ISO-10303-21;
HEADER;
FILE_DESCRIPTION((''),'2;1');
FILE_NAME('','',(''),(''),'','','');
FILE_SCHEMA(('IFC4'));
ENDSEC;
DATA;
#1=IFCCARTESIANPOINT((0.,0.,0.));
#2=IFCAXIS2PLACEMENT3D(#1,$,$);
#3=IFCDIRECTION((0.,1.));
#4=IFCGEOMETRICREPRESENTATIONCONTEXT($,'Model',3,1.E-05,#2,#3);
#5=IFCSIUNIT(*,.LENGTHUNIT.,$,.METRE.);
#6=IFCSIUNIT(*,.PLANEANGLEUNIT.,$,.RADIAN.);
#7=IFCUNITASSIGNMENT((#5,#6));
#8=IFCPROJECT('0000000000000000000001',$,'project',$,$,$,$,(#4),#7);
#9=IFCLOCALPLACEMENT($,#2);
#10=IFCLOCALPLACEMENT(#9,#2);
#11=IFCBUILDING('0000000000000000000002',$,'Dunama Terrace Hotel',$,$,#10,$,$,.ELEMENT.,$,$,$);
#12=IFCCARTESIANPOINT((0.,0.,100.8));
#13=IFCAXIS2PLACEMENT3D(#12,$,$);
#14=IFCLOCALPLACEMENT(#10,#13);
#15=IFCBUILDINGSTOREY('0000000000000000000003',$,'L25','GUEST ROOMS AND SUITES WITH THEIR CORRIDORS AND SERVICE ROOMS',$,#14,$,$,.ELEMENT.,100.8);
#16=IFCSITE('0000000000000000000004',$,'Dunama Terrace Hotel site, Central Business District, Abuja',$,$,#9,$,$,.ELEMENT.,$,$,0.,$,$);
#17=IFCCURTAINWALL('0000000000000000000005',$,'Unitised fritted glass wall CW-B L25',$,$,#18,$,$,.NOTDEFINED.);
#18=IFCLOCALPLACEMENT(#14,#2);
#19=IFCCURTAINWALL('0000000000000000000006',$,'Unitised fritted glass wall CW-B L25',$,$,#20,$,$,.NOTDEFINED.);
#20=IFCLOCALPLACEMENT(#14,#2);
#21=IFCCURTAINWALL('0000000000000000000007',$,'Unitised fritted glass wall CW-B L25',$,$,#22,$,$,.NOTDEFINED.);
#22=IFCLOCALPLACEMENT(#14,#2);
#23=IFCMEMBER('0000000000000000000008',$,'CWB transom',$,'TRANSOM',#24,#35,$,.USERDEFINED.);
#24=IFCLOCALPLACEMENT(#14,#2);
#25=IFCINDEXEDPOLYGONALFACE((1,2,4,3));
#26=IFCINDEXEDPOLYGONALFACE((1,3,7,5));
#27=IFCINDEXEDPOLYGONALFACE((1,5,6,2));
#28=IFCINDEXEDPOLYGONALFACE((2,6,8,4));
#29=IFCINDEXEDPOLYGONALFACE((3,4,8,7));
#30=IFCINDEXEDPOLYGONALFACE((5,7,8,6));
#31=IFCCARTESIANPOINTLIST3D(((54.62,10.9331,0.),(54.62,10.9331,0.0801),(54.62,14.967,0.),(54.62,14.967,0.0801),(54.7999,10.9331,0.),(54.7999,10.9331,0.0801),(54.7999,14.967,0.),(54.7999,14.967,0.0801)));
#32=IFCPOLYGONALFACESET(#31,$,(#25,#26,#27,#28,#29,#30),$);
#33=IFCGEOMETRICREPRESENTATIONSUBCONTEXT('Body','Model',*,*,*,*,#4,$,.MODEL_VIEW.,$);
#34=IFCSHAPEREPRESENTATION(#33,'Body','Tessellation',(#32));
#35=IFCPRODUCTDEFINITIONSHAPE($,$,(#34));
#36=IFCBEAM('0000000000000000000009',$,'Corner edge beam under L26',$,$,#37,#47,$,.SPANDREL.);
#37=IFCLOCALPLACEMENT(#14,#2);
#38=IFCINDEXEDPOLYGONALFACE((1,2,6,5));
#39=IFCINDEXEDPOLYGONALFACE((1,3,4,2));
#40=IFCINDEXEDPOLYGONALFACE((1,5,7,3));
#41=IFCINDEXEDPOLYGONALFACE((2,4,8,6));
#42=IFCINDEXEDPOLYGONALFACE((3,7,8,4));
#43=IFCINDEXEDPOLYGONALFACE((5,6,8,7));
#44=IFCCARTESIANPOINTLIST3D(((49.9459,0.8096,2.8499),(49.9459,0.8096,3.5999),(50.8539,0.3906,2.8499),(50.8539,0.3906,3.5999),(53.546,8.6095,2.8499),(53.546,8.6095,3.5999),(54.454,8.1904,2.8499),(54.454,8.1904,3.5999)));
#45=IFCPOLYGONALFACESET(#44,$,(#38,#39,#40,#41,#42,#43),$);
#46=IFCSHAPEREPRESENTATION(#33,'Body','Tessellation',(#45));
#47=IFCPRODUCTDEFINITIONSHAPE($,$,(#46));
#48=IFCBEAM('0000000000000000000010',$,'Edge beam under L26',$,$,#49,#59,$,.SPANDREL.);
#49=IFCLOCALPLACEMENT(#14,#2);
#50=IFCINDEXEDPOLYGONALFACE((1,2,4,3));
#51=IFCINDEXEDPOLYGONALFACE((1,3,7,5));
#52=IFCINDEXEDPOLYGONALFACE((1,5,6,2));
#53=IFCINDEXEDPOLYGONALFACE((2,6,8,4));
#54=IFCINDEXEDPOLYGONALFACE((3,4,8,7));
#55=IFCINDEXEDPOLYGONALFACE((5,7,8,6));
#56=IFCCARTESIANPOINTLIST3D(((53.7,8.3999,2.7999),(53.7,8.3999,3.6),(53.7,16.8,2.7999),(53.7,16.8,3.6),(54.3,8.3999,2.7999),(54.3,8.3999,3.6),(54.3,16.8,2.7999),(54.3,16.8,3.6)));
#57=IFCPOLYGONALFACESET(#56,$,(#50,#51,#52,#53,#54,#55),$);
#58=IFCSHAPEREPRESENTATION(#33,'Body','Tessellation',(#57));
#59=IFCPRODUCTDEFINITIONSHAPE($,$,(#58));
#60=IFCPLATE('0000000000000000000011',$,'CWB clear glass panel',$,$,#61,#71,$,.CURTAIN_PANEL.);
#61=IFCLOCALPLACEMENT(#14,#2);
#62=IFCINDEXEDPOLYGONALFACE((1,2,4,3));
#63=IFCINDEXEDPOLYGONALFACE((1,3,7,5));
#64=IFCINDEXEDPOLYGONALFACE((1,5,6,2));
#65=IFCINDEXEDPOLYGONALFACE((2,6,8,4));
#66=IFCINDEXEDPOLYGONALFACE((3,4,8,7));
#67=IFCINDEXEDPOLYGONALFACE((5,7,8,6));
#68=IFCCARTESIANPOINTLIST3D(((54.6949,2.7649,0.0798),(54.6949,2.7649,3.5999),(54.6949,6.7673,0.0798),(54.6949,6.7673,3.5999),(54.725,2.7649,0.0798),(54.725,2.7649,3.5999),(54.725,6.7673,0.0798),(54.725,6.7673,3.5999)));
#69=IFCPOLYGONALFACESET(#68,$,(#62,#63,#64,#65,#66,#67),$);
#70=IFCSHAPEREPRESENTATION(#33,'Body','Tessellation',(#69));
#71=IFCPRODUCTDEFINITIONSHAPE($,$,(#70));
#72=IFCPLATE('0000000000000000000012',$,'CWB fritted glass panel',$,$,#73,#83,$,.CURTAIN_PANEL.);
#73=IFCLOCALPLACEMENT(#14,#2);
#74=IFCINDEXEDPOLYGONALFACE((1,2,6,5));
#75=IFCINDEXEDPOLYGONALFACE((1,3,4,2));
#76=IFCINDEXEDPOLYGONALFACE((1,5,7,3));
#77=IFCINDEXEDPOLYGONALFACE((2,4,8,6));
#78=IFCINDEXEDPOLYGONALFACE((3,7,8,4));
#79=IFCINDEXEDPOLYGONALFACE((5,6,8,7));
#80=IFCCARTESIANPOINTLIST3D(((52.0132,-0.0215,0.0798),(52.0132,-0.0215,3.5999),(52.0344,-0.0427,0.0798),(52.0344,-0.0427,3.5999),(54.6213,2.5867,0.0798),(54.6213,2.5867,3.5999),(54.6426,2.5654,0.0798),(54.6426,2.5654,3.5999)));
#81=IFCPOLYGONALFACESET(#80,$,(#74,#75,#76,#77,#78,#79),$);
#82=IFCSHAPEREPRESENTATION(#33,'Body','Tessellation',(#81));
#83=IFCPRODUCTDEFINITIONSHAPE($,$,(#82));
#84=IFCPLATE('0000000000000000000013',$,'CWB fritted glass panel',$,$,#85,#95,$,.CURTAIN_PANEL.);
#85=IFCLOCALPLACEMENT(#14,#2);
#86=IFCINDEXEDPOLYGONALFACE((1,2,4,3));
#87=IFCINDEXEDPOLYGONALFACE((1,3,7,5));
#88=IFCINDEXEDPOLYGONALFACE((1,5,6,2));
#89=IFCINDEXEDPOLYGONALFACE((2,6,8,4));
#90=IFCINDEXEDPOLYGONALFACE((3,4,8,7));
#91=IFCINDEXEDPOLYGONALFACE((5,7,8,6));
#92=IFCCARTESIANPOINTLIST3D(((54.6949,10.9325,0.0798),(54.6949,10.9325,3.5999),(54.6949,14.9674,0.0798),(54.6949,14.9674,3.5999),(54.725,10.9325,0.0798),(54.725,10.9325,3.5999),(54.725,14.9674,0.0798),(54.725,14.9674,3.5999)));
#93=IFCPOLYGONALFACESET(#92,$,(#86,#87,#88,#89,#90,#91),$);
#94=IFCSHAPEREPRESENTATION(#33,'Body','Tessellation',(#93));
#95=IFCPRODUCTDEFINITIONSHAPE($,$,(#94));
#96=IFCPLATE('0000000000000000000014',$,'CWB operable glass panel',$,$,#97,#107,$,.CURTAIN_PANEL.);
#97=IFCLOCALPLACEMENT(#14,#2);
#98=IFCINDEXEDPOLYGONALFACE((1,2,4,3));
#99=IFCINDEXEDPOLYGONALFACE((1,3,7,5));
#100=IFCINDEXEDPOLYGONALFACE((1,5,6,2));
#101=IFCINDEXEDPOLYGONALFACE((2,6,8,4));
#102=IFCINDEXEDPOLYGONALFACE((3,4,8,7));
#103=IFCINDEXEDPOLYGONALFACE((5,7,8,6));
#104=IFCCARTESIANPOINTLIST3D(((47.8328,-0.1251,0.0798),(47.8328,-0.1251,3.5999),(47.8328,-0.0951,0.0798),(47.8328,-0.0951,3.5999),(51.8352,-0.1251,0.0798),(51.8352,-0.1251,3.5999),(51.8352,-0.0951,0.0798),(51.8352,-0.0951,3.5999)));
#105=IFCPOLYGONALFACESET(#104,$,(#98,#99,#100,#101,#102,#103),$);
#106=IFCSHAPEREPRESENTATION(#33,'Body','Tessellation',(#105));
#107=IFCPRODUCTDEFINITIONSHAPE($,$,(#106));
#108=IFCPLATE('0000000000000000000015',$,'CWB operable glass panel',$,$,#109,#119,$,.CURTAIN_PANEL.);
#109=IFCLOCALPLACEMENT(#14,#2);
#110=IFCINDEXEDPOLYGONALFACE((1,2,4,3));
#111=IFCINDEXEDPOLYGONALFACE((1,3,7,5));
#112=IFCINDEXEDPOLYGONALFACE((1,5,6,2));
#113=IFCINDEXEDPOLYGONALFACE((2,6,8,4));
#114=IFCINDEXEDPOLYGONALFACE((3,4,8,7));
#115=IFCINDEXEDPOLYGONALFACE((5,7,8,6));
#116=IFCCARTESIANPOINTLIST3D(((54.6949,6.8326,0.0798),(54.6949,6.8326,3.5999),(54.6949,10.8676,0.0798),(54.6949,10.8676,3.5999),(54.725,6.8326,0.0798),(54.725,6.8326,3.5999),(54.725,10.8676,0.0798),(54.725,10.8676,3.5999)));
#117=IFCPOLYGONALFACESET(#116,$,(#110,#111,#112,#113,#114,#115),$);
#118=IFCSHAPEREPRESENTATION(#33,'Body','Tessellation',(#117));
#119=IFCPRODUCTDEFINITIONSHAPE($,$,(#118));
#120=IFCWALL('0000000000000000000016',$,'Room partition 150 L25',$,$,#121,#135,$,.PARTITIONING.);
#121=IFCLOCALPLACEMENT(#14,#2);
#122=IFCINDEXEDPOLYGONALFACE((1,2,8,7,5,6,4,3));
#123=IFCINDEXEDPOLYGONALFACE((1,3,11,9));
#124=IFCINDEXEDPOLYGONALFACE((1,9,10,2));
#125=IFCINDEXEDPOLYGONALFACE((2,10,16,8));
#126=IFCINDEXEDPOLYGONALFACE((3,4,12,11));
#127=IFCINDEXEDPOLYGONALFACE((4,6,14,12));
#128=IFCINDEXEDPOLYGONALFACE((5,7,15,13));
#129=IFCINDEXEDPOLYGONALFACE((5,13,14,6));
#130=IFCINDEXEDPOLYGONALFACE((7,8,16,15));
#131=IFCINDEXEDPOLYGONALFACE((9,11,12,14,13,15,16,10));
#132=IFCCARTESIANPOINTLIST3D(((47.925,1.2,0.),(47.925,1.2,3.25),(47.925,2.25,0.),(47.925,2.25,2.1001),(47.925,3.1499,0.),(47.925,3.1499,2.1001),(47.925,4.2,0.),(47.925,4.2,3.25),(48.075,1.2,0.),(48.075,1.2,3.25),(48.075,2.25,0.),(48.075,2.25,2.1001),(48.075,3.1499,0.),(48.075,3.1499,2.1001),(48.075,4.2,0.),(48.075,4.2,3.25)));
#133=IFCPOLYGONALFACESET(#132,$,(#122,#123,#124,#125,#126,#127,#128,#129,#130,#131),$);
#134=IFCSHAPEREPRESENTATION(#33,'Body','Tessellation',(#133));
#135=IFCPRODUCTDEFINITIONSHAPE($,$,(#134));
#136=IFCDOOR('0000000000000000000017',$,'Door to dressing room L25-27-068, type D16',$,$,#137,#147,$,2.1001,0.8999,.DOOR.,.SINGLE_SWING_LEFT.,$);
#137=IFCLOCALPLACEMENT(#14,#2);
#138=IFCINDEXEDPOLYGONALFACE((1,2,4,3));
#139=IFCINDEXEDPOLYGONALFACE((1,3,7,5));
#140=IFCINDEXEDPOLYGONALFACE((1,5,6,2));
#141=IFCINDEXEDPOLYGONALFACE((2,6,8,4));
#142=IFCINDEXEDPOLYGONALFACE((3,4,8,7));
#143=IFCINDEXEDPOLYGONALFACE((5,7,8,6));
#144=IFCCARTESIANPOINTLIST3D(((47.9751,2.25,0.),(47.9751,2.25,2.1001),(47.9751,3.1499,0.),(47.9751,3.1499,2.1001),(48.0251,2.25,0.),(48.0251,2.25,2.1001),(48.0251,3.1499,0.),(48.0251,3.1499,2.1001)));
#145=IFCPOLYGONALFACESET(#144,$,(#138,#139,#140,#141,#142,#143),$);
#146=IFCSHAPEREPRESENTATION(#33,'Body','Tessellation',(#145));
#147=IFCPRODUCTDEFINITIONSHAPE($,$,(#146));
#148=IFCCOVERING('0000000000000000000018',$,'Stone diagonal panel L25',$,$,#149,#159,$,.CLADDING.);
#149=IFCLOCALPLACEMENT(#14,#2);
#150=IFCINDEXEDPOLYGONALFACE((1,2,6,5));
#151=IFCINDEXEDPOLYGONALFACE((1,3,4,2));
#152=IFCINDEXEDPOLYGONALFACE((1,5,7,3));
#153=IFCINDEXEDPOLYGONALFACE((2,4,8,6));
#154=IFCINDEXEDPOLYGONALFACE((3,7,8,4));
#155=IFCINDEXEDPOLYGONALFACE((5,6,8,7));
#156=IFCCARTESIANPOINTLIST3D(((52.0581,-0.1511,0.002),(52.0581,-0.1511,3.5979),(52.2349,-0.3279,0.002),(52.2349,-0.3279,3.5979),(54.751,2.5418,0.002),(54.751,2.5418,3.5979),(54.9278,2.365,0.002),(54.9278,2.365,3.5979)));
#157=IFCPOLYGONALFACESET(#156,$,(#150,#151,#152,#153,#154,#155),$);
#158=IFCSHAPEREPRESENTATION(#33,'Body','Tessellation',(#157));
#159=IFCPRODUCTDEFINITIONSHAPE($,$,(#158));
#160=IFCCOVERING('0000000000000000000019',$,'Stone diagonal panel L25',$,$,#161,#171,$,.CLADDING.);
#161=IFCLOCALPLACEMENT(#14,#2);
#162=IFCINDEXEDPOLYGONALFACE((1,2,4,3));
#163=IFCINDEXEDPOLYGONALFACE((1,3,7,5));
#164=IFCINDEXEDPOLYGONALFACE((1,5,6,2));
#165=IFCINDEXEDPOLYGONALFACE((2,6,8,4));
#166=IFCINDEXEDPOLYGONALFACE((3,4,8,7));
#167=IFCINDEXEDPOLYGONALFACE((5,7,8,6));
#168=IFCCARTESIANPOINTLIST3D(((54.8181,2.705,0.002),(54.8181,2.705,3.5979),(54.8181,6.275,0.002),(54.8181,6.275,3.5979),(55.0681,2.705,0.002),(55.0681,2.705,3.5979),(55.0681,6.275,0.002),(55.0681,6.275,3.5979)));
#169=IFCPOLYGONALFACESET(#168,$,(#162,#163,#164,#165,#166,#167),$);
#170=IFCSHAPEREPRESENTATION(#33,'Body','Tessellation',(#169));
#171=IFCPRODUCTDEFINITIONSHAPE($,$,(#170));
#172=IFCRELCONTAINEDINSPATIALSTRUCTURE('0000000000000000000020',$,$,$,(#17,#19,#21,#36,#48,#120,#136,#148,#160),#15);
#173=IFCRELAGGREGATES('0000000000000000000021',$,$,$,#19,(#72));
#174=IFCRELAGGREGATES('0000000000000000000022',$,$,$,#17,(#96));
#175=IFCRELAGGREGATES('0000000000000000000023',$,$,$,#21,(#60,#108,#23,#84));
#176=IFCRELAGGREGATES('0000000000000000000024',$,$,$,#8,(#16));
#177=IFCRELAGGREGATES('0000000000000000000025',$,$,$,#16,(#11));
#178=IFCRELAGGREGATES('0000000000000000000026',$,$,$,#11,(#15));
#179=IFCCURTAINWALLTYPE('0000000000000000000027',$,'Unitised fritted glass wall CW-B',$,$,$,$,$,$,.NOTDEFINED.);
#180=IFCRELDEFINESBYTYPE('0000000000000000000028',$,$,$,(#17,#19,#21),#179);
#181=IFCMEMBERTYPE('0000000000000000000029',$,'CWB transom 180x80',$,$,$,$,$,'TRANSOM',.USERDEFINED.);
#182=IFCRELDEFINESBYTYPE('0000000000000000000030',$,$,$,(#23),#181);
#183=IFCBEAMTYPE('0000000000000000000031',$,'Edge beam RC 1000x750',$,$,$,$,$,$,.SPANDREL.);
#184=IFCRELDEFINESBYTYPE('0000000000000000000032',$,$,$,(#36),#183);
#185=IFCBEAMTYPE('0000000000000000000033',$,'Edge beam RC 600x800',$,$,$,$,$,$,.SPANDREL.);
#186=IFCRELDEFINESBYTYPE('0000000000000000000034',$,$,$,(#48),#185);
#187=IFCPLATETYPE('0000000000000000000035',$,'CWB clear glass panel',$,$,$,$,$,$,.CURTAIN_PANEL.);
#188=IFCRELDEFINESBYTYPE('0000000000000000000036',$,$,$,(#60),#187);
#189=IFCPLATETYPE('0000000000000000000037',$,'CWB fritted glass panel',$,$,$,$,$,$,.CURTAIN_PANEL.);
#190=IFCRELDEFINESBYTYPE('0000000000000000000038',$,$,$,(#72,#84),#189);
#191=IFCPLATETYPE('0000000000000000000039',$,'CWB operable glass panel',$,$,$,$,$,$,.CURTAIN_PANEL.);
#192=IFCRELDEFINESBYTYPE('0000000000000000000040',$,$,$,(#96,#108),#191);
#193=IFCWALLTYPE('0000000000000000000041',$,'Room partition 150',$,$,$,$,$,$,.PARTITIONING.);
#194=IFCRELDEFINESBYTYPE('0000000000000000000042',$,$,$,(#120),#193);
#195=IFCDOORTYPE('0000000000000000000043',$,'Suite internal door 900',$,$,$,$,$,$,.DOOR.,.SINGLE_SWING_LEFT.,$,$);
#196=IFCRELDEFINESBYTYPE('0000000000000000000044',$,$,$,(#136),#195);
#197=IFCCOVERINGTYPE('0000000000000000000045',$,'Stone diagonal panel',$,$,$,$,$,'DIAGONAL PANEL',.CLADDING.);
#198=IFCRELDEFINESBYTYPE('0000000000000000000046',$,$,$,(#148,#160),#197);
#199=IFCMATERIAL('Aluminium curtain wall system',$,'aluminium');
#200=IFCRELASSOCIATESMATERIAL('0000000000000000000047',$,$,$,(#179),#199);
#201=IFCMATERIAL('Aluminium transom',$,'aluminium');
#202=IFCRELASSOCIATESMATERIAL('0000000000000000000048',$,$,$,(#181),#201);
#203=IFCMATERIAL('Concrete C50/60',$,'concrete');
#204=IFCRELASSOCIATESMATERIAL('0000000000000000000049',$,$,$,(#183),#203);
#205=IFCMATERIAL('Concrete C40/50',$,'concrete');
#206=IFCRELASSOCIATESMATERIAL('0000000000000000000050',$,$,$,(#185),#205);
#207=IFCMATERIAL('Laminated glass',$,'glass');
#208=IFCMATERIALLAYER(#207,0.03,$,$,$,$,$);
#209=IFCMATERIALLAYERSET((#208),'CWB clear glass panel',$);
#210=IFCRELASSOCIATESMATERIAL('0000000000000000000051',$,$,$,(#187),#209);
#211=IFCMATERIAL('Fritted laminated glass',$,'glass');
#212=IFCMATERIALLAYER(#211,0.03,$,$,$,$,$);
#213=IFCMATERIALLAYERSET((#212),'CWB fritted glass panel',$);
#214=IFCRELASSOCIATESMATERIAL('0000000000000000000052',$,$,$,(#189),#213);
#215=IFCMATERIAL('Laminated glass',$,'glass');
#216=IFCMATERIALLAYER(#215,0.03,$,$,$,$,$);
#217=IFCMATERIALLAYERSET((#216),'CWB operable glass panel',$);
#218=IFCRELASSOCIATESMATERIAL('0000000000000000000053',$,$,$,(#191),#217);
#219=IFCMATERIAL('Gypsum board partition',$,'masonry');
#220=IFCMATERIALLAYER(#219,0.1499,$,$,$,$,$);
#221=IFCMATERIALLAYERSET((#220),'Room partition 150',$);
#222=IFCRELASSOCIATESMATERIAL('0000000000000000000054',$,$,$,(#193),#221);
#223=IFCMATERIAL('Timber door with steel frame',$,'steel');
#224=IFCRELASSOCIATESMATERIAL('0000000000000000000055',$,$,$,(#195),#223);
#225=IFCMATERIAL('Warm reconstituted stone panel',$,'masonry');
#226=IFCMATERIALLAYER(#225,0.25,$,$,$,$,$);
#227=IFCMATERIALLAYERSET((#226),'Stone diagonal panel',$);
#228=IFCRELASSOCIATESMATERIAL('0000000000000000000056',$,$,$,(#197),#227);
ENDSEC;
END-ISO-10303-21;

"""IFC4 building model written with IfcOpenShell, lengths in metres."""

from ifc_helpers import new_model, si_unit, direction, frame, frame_2d, origin, origin_2d, place, context, subcontext, project, spatial, rectangle, extrude, material, layer, layer_set, material_profile, profile_set, type_object, element, fill, aggregate, save


model = new_model("IFC4")

# Units and contexts
model_context = context("Model", 3, precision=1e-05, world=origin(), true_north=direction((0.0, 1.0)))
body_context = subcontext(model_context, "Body", "Model", "MODEL_VIEW")
ifc_project = project(units=[si_unit("LENGTHUNIT", "METRE"), si_unit("PLANEANGLEUNIT", "RADIAN")], contexts=[model_context])

# Site, building, storey
site_placement = place(None, origin())
site = spatial("IfcSite", under=ifc_project, at=site_placement, Name="Dunama Terrace Hotel site, Central Business District, Abuja", CompositionType="ELEMENT", RefElevation=0.0)
building_placement = place(site_placement, origin())
building = spatial("IfcBuilding", under=site, at=building_placement, Name="Dunama Terrace Hotel", CompositionType="ELEMENT")
storey_placement = place(building_placement, frame((0.0, 0.0, 100.8)))
storey = spatial("IfcBuildingStorey", under=building, at=storey_placement, Name="L25", Description="GUEST ROOMS AND SUITES WITH THEIR CORRIDORS AND SERVICE ROOMS", CompositionType="ELEMENT", Elevation=100.8)

# Curtain walls
ifc_material_1 = material(Name="Aluminium curtain wall system", Category="aluminium")
curtain_wall_type = type_object("IfcCurtainWallType", Name="Unitised fritted glass wall CW-B", PredefinedType="NOTDEFINED", material=ifc_material_1)
curtain_wall_1_placement = place(storey_placement, origin())
curtain_wall_1 = element("IfcCurtainWall", 1, at=curtain_wall_1_placement, inside=storey, type_object=curtain_wall_type, Name="Unitised fritted glass wall CW-B L25", PredefinedType="NOTDEFINED")
curtain_wall_2_placement = place(storey_placement, origin())
curtain_wall_2 = element("IfcCurtainWall", 2, at=curtain_wall_2_placement, inside=storey, type_object=curtain_wall_type, Name="Unitised fritted glass wall CW-B L25", PredefinedType="NOTDEFINED")
curtain_wall_3_placement = place(storey_placement, origin())
curtain_wall_3 = element("IfcCurtainWall", 3, at=curtain_wall_3_placement, inside=storey, type_object=curtain_wall_type, Name="Unitised fritted glass wall CW-B L25", PredefinedType="NOTDEFINED")

# Member
ifc_material_2 = material(Name="Aluminium transom", Category="aluminium")
ifc_material_profile_1 = material_profile(ifc_material_2, rectangle(XDim=0.1799, YDim=0.0801, at=origin_2d()), Name="CWB TRANSOM 180X80")
ifc_profile_set_1 = profile_set([ifc_material_profile_1], Name="Aluminium transom")
member_type_1 = type_object("IfcMemberType", Name="CWB transom 180x80", ElementType="TRANSOM", PredefinedType="USERDEFINED", material=ifc_profile_set_1)
member_1_placement = place(storey_placement, frame((54.71, 10.9331, 0.04), z_axis=(0.0, 1.0, 0.0), x_axis=(-1.0, 0.0, 0.0)))
member_1 = element("IfcMember", 4, at=member_1_placement, type_object=member_type_1, Name="CWB transom", ObjectType="TRANSOM", PredefinedType="USERDEFINED", context=body_context, shape_type="SweptSolid", body=[
    extrude(rectangle(XDim=0.1799, YDim=0.0801, at=origin_2d()), origin(), (0.0, 0.0, 1.0), 4.0339),
])

# Beams
ifc_material_3 = material(Name="Concrete C50/60", Category="concrete")
ifc_material_profile_2 = material_profile(ifc_material_3, rectangle(XDim=1.0, YDim=0.75, at=origin_2d()), Name="RC 1000x750")
ifc_profile_set_2 = profile_set([ifc_material_profile_2], Name="Concrete C50/60")
beam_type_1 = type_object("IfcBeamType", Name="Edge beam RC 1000x750", PredefinedType="SPANDREL", material=ifc_profile_set_2)
beam_1_placement = place(storey_placement, frame((50.3999, 0.6001, 3.2249), z_axis=(0.419076, 0.907951, 0.0), x_axis=(-0.907951, 0.419076, 0.0)))
element("IfcBeam", 5, at=beam_1_placement, inside=storey, type_object=beam_type_1, Name="Corner edge beam under L26", PredefinedType="SPANDREL", context=body_context, shape_type="SweptSolid", body=[
    extrude(rectangle(XDim=1.0, YDim=0.75, at=origin_2d()), origin(), (0.0, 0.0, 1.0), 8.5906),
])
ifc_material_4 = material(Name="Concrete C40/50", Category="concrete")
ifc_material_profile_3 = material_profile(ifc_material_4, rectangle(XDim=0.6001, YDim=0.8, at=origin_2d()), Name="RC 600x800")
ifc_profile_set_3 = profile_set([ifc_material_profile_3], Name="Concrete C40/50")
beam_type_2 = type_object("IfcBeamType", Name="Edge beam RC 600x800", PredefinedType="SPANDREL", material=ifc_profile_set_3)
beam_2_placement = place(storey_placement, frame((54.0, 8.3999, 3.2), z_axis=(0.0, 1.0, 0.0), x_axis=(-1.0, 0.0, 0.0)))
element("IfcBeam", 6, at=beam_2_placement, inside=storey, type_object=beam_type_2, Name="Edge beam under L26", PredefinedType="SPANDREL", context=body_context, shape_type="SweptSolid", body=[
    extrude(rectangle(XDim=0.6001, YDim=0.8, at=origin_2d()), origin(), (0.0, 0.0, 1.0), 8.4001),
])

# Plates
ifc_material_5 = material(Name="Laminated glass", Category="glass")
ifc_layer_1 = layer(ifc_material_5, 0.03)
ifc_layer_set_1 = layer_set([ifc_layer_1], Name="CWB clear glass panel")
plate_type_1 = type_object("IfcPlateType", Name="CWB clear glass panel", PredefinedType="CURTAIN_PANEL", material=ifc_layer_set_1)
plate_1_placement = place(storey_placement, frame((54.71, 4.7661, 0.0798), z_axis=(0.0, 0.0, 1.0), x_axis=(0.0, 1.0, 0.0)))
plate_1 = element("IfcPlate", 7, at=plate_1_placement, type_object=plate_type_1, Name="CWB clear glass panel", PredefinedType="CURTAIN_PANEL", context=body_context, shape_type="SweptSolid", body=[
    extrude(rectangle(XDim=4.0024, YDim=0.03, at=origin_2d()), origin(), (0.0, 0.0, 1.0), 3.52),
])
ifc_material_6 = material(Name="Fritted laminated glass", Category="glass")
ifc_layer_2 = layer(ifc_material_6, 0.03)
ifc_layer_set_2 = layer_set([ifc_layer_2], Name="CWB fritted glass panel")
plate_type_2 = type_object("IfcPlateType", Name="CWB fritted glass panel", PredefinedType="CURTAIN_PANEL", material=ifc_layer_set_2)
plate_2_placement = place(storey_placement, frame((53.3279, 1.272, 0.0798), z_axis=(0.0, 0.0, 1.0), x_axis=(0.707107, 0.707107, 0.0)))
plate_2 = element("IfcPlate", 8, at=plate_2_placement, type_object=plate_type_2, Name="CWB fritted glass panel", PredefinedType="CURTAIN_PANEL", context=body_context, shape_type="SweptSolid", body=[
    extrude(rectangle(XDim=3.6885, YDim=0.03, at=origin_2d()), origin(), (0.0, 0.0, 1.0), 3.52),
])
aggregate(curtain_wall_2, [plate_2])
plate_3_placement = place(storey_placement, frame((54.71, 12.95, 0.0798), z_axis=(0.0, 0.0, 1.0), x_axis=(0.0, 1.0, 0.0)))
plate_3 = element("IfcPlate", 9, at=plate_3_placement, type_object=plate_type_2, Name="CWB fritted glass panel", PredefinedType="CURTAIN_PANEL", context=body_context, shape_type="SweptSolid", body=[
    extrude(rectangle(XDim=4.0349, YDim=0.03, at=origin_2d()), origin(), (0.0, 0.0, 1.0), 3.52),
])
ifc_material_7 = material(Name="Laminated glass", Category="glass")
ifc_layer_3 = layer(ifc_material_7, 0.03)
ifc_layer_set_3 = layer_set([ifc_layer_3], Name="CWB operable glass panel")
plate_type_3 = type_object("IfcPlateType", Name="CWB operable glass panel", PredefinedType="CURTAIN_PANEL", material=ifc_layer_set_3)
plate_4_placement = place(storey_placement, frame((49.834, -0.1101, 0.0798), z_axis=(0.0, 0.0, 1.0), x_axis=(1.0, 0.0, 0.0)))
plate_4 = element("IfcPlate", 10, at=plate_4_placement, type_object=plate_type_3, Name="CWB operable glass panel", PredefinedType="CURTAIN_PANEL", context=body_context, shape_type="SweptSolid", body=[
    extrude(rectangle(XDim=4.0024, YDim=0.03, at=origin_2d()), origin(), (0.0, 0.0, 1.0), 3.52),
])
aggregate(curtain_wall_1, [plate_4])
plate_5_placement = place(storey_placement, frame((54.71, 8.8501, 0.0798), z_axis=(0.0, 0.0, 1.0), x_axis=(0.0, 1.0, 0.0)))
plate_5 = element("IfcPlate", 11, at=plate_5_placement, type_object=plate_type_3, Name="CWB operable glass panel", PredefinedType="CURTAIN_PANEL", context=body_context, shape_type="SweptSolid", body=[
    extrude(rectangle(XDim=4.0349, YDim=0.03, at=origin_2d()), origin(), (0.0, 0.0, 1.0), 3.52),
])
aggregate(curtain_wall_3, [plate_1, plate_5, member_1, plate_3])

# Wall, opening, door
ifc_material_8 = material(Name="Gypsum board partition", Category="masonry")
ifc_layer_4 = layer(ifc_material_8, 0.1499)
ifc_layer_set_4 = layer_set([ifc_layer_4], Name="Room partition 150")
wall_type = type_object("IfcWallType", Name="Room partition 150", PredefinedType="PARTITIONING", material=ifc_layer_set_4)
wall_placement = place(storey_placement, frame((48.0, 1.2, 0.0), z_axis=(0.0, 0.0, 1.0), x_axis=(0.0, 1.0, 0.0)))
wall = element("IfcWall", 12, at=wall_placement, inside=storey, type_object=wall_type, Name="Room partition 150 L25", PredefinedType="PARTITIONING", context=body_context, shape_type="SweptSolid", body=[
    extrude(rectangle(XDim=3.0, YDim=0.1499, at=frame_2d((1.5, 0.0))), origin(), (0.0, 0.0, 1.0), 3.25),
])
opening_placement = place(wall_placement, frame((1.05, 0.0, 0.0)))
opening = element("IfcOpeningElement", 13, at=opening_placement, cuts=wall, PredefinedType="OPENING", context=body_context, shape_type="SweptSolid", body=[
    extrude(rectangle(XDim=0.8999, YDim=2.1001, at=frame_2d((0.45, 1.05))), frame((0.0, 0.085, 0.0), z_axis=(0.0, -1.0, 0.0), x_axis=(1.0, 0.0, 0.0)), (0.0, 0.0, 1.0), 0.1699),
])
ifc_material_9 = material(Name="Timber door with steel frame", Category="steel")
door_type = type_object("IfcDoorType", Name="Suite internal door 900", OperationType="SINGLE_SWING_LEFT", PredefinedType="DOOR", material=ifc_material_9)
door_placement = place(opening_placement, origin())
door = element("IfcDoor", 14, at=door_placement, inside=storey, type_object=door_type, Name="Door to dressing room L25-27-068, type D16", OperationType="SINGLE_SWING_LEFT", OverallHeight=2.1001, OverallWidth=0.8999, PredefinedType="DOOR", context=body_context, shape_type="SweptSolid", body=[
    extrude(rectangle(XDim=0.8999, YDim=2.1001, at=frame_2d((0.45, 1.05))), frame((0.0, 0.0249, 0.0), z_axis=(0.0, -1.0, 0.0), x_axis=(1.0, 0.0, 0.0)), (0.0, 0.0, 1.0), 0.05),
])
fill(opening, door)

# Coverings
ifc_material_10 = material(Name="Warm reconstituted stone panel", Category="masonry")
ifc_layer_5 = layer(ifc_material_10, 0.25)
ifc_layer_set_5 = layer_set([ifc_layer_5], Name="Stone diagonal panel")
covering_type = type_object("IfcCoveringType", Name="Stone diagonal panel", ElementType="DIAGONAL PANEL", PredefinedType="CLADDING", material=ifc_layer_set_5)
covering_1_placement = place(storey_placement, frame((53.4929, 1.1069, 0.002), z_axis=(0.0, 0.0, 1.0), x_axis=(0.707107, 0.707107, 0.0)))
element("IfcCovering", 15, at=covering_1_placement, inside=storey, type_object=covering_type, Name="Stone diagonal panel L25", PredefinedType="CLADDING", context=body_context, shape_type="SweptSolid", body=[
    extrude(rectangle(XDim=3.8083, YDim=0.25, at=origin_2d()), origin(), (0.0, 0.0, 1.0), 3.5959),
])
covering_2_placement = place(storey_placement, frame((54.9431, 4.49, 0.002), z_axis=(0.0, 0.0, 1.0), x_axis=(0.0, 1.0, 0.0)))
element("IfcCovering", 16, at=covering_2_placement, inside=storey, type_object=covering_type, Name="Stone diagonal panel L25", PredefinedType="CLADDING", context=body_context, shape_type="SweptSolid", body=[
    extrude(rectangle(XDim=3.5701, YDim=0.25, at=origin_2d()), origin(), (0.0, 0.0, 1.0), 3.5959),
])

save(model, "model.ifc")
